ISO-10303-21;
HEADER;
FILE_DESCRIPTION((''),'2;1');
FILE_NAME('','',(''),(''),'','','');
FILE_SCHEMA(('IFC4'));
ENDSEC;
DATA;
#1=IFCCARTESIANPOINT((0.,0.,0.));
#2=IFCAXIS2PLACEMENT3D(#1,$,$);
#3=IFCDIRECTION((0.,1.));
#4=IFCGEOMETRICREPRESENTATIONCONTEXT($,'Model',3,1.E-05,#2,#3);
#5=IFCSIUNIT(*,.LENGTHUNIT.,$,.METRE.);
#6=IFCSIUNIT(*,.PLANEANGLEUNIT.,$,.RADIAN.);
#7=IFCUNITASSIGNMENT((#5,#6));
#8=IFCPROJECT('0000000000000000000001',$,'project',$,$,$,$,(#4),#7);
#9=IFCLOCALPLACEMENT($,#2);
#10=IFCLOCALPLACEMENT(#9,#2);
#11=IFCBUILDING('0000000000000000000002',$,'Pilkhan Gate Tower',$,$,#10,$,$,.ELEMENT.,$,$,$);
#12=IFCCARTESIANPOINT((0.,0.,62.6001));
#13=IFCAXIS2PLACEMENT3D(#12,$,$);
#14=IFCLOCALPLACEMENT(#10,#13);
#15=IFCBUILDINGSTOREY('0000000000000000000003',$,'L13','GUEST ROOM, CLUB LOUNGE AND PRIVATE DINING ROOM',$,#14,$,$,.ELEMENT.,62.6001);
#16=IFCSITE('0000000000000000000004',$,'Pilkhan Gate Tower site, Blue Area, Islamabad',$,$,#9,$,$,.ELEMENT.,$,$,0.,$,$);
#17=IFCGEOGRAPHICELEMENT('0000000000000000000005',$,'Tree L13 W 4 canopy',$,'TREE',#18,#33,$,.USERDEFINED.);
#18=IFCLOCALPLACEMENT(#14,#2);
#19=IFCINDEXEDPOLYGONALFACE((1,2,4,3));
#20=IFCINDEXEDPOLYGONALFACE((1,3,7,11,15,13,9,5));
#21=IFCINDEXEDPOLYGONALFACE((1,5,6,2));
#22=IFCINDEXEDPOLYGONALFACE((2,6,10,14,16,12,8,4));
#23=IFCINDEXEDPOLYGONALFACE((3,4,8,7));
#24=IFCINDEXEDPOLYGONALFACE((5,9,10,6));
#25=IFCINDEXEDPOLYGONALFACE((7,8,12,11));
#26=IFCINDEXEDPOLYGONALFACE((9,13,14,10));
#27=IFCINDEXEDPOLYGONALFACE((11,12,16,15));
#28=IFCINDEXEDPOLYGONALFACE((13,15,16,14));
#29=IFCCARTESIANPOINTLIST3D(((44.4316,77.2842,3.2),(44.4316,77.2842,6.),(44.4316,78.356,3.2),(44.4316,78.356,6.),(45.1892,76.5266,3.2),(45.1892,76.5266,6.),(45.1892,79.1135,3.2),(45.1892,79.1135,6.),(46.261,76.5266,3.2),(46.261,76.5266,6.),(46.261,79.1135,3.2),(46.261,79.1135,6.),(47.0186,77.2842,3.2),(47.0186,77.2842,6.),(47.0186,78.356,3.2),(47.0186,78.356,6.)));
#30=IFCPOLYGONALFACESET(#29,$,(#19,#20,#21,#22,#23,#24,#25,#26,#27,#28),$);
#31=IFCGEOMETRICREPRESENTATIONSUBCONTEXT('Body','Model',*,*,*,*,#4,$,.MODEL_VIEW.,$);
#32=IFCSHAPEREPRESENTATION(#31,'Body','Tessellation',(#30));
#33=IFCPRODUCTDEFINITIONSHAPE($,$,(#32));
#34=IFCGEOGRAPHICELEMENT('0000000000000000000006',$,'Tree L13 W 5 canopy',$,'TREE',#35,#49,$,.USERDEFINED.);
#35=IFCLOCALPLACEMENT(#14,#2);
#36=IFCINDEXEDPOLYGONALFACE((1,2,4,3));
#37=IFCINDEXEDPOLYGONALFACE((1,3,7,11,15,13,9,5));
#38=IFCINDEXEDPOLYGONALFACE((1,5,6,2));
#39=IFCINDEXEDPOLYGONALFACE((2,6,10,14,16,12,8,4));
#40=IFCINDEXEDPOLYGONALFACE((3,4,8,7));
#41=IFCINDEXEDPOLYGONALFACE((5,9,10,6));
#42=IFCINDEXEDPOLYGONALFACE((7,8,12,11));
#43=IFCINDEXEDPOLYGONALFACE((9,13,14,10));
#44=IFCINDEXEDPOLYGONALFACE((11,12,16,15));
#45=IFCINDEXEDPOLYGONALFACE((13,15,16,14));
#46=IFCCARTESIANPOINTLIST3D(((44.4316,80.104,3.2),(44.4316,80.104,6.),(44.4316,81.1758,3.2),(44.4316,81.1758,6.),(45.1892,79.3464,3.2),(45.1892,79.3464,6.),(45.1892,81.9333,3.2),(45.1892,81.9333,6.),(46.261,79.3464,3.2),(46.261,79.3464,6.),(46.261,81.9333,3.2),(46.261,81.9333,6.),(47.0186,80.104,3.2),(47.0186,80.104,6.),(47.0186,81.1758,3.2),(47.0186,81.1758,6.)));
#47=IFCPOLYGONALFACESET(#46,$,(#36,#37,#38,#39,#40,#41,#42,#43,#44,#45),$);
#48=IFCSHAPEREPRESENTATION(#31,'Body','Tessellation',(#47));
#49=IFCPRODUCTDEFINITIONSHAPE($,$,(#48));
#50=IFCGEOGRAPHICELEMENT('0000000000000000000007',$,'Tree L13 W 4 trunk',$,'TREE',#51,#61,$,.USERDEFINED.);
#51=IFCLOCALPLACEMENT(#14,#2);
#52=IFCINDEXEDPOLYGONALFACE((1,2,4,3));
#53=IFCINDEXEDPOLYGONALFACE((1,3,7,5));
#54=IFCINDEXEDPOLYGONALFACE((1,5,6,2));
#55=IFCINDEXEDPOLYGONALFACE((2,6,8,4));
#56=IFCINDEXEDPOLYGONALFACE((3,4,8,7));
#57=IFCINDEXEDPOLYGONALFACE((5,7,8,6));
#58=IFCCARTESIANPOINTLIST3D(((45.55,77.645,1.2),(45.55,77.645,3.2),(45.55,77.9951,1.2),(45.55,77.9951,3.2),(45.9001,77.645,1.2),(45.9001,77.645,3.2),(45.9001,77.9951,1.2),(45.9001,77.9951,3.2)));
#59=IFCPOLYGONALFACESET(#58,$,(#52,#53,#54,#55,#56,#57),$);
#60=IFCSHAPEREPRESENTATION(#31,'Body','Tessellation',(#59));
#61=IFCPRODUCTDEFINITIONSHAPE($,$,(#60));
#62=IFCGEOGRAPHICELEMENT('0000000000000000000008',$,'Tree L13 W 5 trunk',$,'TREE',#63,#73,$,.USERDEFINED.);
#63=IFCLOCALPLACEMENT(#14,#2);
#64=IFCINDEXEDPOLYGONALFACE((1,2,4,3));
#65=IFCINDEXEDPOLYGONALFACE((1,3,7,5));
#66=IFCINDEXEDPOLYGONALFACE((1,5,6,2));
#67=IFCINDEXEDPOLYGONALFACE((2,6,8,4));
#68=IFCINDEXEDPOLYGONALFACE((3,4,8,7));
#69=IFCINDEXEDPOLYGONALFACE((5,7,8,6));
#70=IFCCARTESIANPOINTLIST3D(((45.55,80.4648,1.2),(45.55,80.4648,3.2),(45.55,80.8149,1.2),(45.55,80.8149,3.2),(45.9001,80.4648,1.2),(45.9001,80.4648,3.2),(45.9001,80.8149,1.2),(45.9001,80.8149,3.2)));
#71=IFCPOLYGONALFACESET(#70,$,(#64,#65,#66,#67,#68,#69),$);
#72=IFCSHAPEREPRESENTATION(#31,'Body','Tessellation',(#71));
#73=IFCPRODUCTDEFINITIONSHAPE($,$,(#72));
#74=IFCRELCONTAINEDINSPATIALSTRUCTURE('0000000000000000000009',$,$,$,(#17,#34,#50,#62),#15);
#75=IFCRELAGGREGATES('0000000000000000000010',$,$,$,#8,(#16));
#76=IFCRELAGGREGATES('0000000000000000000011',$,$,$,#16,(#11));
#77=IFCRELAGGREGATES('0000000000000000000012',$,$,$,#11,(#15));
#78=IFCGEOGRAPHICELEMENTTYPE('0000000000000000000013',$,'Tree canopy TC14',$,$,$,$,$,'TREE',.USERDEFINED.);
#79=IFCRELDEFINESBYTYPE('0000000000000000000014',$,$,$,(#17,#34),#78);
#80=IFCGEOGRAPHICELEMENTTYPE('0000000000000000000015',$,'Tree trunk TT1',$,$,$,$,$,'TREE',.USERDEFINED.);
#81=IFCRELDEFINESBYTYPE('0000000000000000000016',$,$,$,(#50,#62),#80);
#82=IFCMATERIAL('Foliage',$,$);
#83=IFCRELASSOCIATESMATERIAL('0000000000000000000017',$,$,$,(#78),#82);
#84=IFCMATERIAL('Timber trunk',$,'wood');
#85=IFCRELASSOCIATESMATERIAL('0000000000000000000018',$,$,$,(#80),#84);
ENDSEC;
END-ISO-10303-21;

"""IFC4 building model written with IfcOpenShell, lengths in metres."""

from ifc_helpers import new_model, si_unit, direction, frame, origin, origin_2d, place, context, subcontext, project, spatial, polyline, rectangle, outline, extrude, material, material_profile, profile_set, type_object, element, save


model = new_model("IFC4")

# Units and contexts
model_context = context("Model", 3, precision=1e-05, world=origin(), true_north=direction((0.0, 1.0)))
body_context = subcontext(model_context, "Body", "Model", "MODEL_VIEW")
ifc_project = project(units=[si_unit("LENGTHUNIT", "METRE"), si_unit("PLANEANGLEUNIT", "RADIAN")], contexts=[model_context])

# Site, building, storey
site_placement = place(None, origin())
site = spatial("IfcSite", under=ifc_project, at=site_placement, Name="Pilkhan Gate Tower site, Blue Area, Islamabad", CompositionType="ELEMENT", RefElevation=0.0)
building_placement = place(site_placement, origin())
building = spatial("IfcBuilding", under=site, at=building_placement, Name="Pilkhan Gate Tower", CompositionType="ELEMENT")
storey_placement = place(building_placement, frame((0.0, 0.0, 62.6001)))
storey = spatial("IfcBuildingStorey", under=building, at=storey_placement, Name="L13", Description="GUEST ROOM, CLUB LOUNGE AND PRIVATE DINING ROOM", CompositionType="ELEMENT", Elevation=62.6001)

# Geographic elements
ifc_material_1 = material(Name="Foliage")
ifc_material_profile_1 = material_profile(ifc_material_1, outline(polyline([(1.2935, 0.5359), (0.5359, 1.2935), (-0.5359, 1.2935), (-1.2935, 0.5359), (-1.2935, -0.5359), (-0.5359, -1.2935), (0.5359, -1.2935), (1.2935, -0.5359), (1.2935, 0.5359)])), Name="Canopy D2.8")
ifc_profile_set_1 = profile_set([ifc_material_profile_1], Name="Foliage")
geographic_element_type_1 = type_object("IfcGeographicElementType", Name="Tree canopy TC14", ElementType="TREE", PredefinedType="USERDEFINED", material=ifc_profile_set_1)
for number, where, z_axis, x_axis, name in (
    (1, (45.7251, 77.8201, 3.2), (0.0, 0.0, 1.0), (1.0, 0.0, 0.0), "Tree L13 W 4 canopy"),
    (2, (45.7251, 80.6399, 3.2), (0.0, 0.0, 1.0), (1.0, 0.0, 0.0), "Tree L13 W 5 canopy"),
):
    element("IfcGeographicElement", number, at=place(storey_placement, frame(where, z_axis=z_axis, x_axis=x_axis)), inside=storey, type_object=geographic_element_type_1, Name=name, ObjectType="TREE", PredefinedType="USERDEFINED", context=body_context, shape_type="SweptSolid", body=[
        extrude(outline(polyline([(1.2935, 0.5359), (0.5359, 1.2935), (-0.5359, 1.2935), (-1.2935, 0.5359), (-1.2935, -0.5359), (-0.5359, -1.2935), (0.5359, -1.2935), (1.2935, -0.5359), (1.2935, 0.5359)])), origin(), (0.0, 0.0, 1.0), 2.8),
    ])
ifc_material_2 = material(Name="Timber trunk", Category="wood")
geographic_element_type_2 = type_object("IfcGeographicElementType", Name="Tree trunk TT1", ElementType="TREE", PredefinedType="USERDEFINED", material=ifc_material_2)
for number, where, z_axis, x_axis, name in (
    (3, (45.7251, 77.8201, 1.2), (0.0, 0.0, 1.0), (1.0, 0.0, 0.0), "Tree L13 W 4 trunk"),
    (4, (45.7251, 80.6399, 1.2), (0.0, 0.0, 1.0), (1.0, 0.0, 0.0), "Tree L13 W 5 trunk"),
):
    element("IfcGeographicElement", number, at=place(storey_placement, frame(where, z_axis=z_axis, x_axis=x_axis)), inside=storey, type_object=geographic_element_type_2, Name=name, ObjectType="TREE", PredefinedType="USERDEFINED", context=body_context, shape_type="SweptSolid", body=[
        extrude(rectangle(XDim=0.3501, YDim=0.3501, at=origin_2d()), origin(), (0.0, 0.0, 1.0), 2.0),
    ])

save(model, "model.ifc")
